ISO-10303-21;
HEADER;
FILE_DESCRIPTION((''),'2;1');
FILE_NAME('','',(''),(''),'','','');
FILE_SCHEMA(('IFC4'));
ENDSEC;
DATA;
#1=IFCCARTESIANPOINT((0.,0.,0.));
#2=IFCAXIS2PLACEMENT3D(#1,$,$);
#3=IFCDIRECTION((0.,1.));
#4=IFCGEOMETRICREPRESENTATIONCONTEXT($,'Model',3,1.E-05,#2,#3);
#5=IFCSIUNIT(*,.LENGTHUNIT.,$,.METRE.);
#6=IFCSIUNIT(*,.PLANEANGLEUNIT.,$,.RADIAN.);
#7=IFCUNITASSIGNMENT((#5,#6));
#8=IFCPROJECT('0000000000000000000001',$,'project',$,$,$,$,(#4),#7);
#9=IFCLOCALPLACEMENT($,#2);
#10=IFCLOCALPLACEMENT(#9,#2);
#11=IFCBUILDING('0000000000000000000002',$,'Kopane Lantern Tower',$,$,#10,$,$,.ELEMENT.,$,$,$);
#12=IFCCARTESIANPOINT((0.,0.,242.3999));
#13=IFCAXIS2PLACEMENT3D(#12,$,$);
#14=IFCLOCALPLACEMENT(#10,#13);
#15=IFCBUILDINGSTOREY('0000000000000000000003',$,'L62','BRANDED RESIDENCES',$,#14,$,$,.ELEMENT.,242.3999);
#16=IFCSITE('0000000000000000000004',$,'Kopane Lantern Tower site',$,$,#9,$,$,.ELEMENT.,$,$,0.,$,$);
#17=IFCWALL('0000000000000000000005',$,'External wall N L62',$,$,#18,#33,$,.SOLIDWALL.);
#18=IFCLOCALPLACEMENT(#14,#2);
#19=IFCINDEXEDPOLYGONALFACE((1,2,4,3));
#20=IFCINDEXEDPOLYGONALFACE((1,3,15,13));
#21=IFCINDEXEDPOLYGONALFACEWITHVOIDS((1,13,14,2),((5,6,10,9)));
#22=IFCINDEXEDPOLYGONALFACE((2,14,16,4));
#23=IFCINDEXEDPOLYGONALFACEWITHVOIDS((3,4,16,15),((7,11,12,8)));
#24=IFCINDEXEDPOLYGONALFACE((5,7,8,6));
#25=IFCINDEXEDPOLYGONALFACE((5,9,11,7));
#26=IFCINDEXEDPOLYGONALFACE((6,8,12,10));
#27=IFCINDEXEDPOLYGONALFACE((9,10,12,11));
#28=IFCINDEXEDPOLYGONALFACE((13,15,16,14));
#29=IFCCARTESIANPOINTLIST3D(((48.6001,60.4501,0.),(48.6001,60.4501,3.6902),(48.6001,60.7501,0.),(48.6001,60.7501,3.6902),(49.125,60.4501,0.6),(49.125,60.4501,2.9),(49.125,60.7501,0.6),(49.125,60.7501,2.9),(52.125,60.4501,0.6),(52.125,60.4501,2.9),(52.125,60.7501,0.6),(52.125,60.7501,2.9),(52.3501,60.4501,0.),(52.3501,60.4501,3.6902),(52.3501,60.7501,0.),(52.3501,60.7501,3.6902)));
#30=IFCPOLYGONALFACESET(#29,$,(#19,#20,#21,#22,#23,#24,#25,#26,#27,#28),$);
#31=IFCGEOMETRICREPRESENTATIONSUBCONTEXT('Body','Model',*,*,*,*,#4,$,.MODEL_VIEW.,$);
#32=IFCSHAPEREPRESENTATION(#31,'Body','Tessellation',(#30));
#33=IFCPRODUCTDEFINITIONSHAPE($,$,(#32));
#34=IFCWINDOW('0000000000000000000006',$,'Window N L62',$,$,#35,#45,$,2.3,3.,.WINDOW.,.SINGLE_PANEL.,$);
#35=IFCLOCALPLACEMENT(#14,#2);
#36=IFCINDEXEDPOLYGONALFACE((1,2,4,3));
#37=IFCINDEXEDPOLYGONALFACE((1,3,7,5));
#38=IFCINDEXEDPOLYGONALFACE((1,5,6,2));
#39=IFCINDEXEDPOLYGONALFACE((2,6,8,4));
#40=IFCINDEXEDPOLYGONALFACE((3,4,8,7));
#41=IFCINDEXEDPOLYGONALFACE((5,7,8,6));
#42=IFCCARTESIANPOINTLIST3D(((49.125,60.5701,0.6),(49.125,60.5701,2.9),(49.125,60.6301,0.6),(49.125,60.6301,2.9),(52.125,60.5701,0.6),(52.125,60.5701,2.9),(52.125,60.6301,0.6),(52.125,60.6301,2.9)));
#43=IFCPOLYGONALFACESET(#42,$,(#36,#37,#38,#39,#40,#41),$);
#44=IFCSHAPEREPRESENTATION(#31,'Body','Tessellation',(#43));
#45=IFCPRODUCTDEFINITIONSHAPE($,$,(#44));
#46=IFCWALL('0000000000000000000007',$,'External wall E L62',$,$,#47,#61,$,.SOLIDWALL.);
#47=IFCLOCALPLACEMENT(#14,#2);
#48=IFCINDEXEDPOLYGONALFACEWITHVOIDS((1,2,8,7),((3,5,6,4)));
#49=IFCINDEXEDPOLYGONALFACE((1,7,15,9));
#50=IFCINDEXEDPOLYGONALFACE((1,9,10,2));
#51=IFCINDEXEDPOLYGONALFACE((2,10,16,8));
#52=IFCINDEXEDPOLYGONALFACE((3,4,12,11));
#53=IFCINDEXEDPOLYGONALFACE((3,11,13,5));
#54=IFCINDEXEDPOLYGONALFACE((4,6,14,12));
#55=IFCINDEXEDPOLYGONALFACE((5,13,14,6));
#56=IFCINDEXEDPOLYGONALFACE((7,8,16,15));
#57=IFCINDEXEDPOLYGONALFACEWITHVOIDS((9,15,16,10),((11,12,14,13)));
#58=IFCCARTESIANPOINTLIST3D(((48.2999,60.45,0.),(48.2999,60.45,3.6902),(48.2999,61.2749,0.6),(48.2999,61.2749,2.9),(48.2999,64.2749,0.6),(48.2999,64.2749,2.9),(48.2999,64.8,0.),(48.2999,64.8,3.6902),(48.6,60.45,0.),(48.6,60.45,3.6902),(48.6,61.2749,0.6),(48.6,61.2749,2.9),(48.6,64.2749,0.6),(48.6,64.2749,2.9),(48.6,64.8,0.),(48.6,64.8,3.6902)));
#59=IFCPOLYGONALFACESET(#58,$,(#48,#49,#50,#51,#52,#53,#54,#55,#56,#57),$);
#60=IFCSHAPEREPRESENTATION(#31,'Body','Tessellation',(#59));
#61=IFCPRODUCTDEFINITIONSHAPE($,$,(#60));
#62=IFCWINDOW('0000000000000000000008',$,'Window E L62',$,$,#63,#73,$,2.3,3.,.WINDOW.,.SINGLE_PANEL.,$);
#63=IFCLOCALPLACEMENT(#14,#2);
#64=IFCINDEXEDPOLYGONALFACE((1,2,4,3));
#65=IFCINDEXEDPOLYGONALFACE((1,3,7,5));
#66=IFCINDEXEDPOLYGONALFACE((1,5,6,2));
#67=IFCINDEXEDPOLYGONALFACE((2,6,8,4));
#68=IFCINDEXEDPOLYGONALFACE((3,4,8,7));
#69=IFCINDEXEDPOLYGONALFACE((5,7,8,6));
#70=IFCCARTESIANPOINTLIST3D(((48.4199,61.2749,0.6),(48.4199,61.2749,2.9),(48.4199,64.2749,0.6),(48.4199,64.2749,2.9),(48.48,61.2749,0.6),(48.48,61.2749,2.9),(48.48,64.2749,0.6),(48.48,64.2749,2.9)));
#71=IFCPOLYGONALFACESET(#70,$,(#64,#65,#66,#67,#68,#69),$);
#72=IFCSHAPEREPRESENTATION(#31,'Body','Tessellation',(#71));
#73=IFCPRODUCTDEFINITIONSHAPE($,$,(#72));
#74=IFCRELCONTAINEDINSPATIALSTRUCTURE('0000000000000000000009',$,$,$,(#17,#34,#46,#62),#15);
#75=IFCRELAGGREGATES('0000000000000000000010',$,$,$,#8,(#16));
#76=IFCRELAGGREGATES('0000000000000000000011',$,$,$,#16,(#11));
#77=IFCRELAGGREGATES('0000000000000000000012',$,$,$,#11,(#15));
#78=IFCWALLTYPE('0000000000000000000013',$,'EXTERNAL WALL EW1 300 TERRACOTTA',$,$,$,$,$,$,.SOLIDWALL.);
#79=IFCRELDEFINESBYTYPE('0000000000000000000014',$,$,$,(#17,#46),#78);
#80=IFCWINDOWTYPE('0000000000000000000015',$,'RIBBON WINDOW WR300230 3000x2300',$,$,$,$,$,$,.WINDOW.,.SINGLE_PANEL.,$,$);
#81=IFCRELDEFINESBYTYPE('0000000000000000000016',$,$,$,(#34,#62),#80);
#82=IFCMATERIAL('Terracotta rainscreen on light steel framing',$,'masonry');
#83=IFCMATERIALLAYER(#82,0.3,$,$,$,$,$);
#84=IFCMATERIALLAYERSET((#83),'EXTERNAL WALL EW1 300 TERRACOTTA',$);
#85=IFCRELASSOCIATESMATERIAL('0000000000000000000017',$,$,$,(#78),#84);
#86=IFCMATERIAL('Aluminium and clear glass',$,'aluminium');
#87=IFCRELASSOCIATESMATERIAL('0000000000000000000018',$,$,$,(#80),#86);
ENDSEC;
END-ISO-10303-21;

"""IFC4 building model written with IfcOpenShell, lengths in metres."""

from ifc_helpers import new_model, si_unit, direction, frame, frame_2d, origin, place, context, subcontext, project, spatial, rectangle, extrude, material, layer, layer_set, type_object, element, fill, save


model = new_model("IFC4")

# Units and contexts
model_context = context("Model", 3, precision=1e-05, world=origin(), true_north=direction((0.0, 1.0)))
body_context = subcontext(model_context, "Body", "Model", "MODEL_VIEW")
ifc_project = project(units=[si_unit("LENGTHUNIT", "METRE"), si_unit("PLANEANGLEUNIT", "RADIAN")], contexts=[model_context])

# Site, building, storey
site_placement = place(None, origin())
site = spatial("IfcSite", under=ifc_project, at=site_placement, Name="Kopane Lantern Tower site", CompositionType="ELEMENT", RefElevation=0.0)
building_placement = place(site_placement, origin())
building = spatial("IfcBuilding", under=site, at=building_placement, Name="Kopane Lantern Tower", CompositionType="ELEMENT")
storey_placement = place(building_placement, frame((0.0, 0.0, 242.3999)))
storey = spatial("IfcBuildingStorey", under=building, at=storey_placement, Name="L62", Description="BRANDED RESIDENCES", CompositionType="ELEMENT", Elevation=242.3999)

# Walls, openings, windows
ifc_material_1 = material(Name="Terracotta rainscreen on light steel framing", Category="masonry")
ifc_layer_1 = layer(ifc_material_1, 0.3)
ifc_layer_set_1 = layer_set([ifc_layer_1], Name="EXTERNAL WALL EW1 300 TERRACOTTA")
wall_type_1 = type_object("IfcWallType", Name="EXTERNAL WALL EW1 300 TERRACOTTA", PredefinedType="SOLIDWALL", material=ifc_layer_set_1)
wall_1_placement = place(storey_placement, frame((52.3501, 60.6001, 0.0), z_axis=(0.0, 0.0, 1.0), x_axis=(-1.0, 0.0, 0.0)))
wall_1 = element("IfcWall", 1, at=wall_1_placement, inside=storey, type_object=wall_type_1, Name="External wall N L62", PredefinedType="SOLIDWALL", context=body_context, shape_type="SweptSolid", body=[
    extrude(rectangle(XDim=3.75, YDim=0.3, at=frame_2d((1.875, 0.0))), origin(), (0.0, 0.0, 1.0), 3.6902),
])
opening_1_placement = place(wall_1_placement, frame((0.2251, 0.0, 0.6001)))
opening_1 = element("IfcOpeningElement", 2, at=opening_1_placement, cuts=wall_1, PredefinedType="OPENING", context=body_context, shape_type="SweptSolid", body=[
    extrude(rectangle(XDim=3.0, YDim=2.3, at=frame_2d((1.5, 1.1499))), frame((0.0, 0.1599, 0.0), z_axis=(0.0, -1.0, 0.0), x_axis=(1.0, 0.0, 0.0)), (0.0, 0.0, 1.0), 0.3201),
])
ifc_material_2 = material(Name="Aluminium and clear glass", Category="aluminium")
window_type = type_object("IfcWindowType", Name="RIBBON WINDOW WR300230 3000x2300", PartitioningType="SINGLE_PANEL", PredefinedType="WINDOW", material=ifc_material_2)
window_1_placement = place(opening_1_placement, origin())
window_1 = element("IfcWindow", 3, at=window_1_placement, inside=storey, type_object=window_type, Name="Window N L62", OverallHeight=2.3, OverallWidth=3.0, PartitioningType="SINGLE_PANEL", PredefinedType="WINDOW", context=body_context, shape_type="SweptSolid", body=[
    extrude(rectangle(XDim=3.0, YDim=2.3, at=frame_2d((1.5, 1.1499))), frame((0.0, 0.03, 0.0), z_axis=(0.0, -1.0, 0.0), x_axis=(1.0, 0.0, 0.0)), (0.0, 0.0, 1.0), 0.0601),
])
fill(opening_1, window_1)
wall_2_placement = place(storey_placement, frame((48.45, 60.45, 0.0), z_axis=(0.0, 0.0, 1.0), x_axis=(0.0, 1.0, 0.0)))
wall_2 = element("IfcWall", 4, at=wall_2_placement, inside=storey, type_object=wall_type_1, Name="External wall E L62", PredefinedType="SOLIDWALL", context=body_context, shape_type="SweptSolid", body=[
    extrude(rectangle(XDim=4.3501, YDim=0.3, at=frame_2d((2.175, 0.0))), origin(), (0.0, 0.0, 1.0), 3.6902),
])
opening_2_placement = place(wall_2_placement, frame((0.825, 0.0, 0.6001)))
opening_2 = element("IfcOpeningElement", 5, at=opening_2_placement, cuts=wall_2, PredefinedType="OPENING", context=body_context, shape_type="SweptSolid", body=[
    extrude(rectangle(XDim=3.0, YDim=2.3, at=frame_2d((1.5, 1.1499))), frame((0.0, 0.1599, 0.0), z_axis=(0.0, -1.0, 0.0), x_axis=(1.0, 0.0, 0.0)), (0.0, 0.0, 1.0), 0.3201),
])
window_2_placement = place(opening_2_placement, origin())
window_2 = element("IfcWindow", 6, at=window_2_placement, inside=storey, type_object=window_type, Name="Window E L62", OverallHeight=2.3, OverallWidth=3.0, PartitioningType="SINGLE_PANEL", PredefinedType="WINDOW", context=body_context, shape_type="SweptSolid", body=[
    extrude(rectangle(XDim=3.0, YDim=2.3, at=frame_2d((1.5, 1.1499))), frame((0.0, 0.03, 0.0), z_axis=(0.0, -1.0, 0.0), x_axis=(1.0, 0.0, 0.0)), (0.0, 0.0, 1.0), 0.0601),
])
fill(opening_2, window_2)

save(model, "model.ifc")
